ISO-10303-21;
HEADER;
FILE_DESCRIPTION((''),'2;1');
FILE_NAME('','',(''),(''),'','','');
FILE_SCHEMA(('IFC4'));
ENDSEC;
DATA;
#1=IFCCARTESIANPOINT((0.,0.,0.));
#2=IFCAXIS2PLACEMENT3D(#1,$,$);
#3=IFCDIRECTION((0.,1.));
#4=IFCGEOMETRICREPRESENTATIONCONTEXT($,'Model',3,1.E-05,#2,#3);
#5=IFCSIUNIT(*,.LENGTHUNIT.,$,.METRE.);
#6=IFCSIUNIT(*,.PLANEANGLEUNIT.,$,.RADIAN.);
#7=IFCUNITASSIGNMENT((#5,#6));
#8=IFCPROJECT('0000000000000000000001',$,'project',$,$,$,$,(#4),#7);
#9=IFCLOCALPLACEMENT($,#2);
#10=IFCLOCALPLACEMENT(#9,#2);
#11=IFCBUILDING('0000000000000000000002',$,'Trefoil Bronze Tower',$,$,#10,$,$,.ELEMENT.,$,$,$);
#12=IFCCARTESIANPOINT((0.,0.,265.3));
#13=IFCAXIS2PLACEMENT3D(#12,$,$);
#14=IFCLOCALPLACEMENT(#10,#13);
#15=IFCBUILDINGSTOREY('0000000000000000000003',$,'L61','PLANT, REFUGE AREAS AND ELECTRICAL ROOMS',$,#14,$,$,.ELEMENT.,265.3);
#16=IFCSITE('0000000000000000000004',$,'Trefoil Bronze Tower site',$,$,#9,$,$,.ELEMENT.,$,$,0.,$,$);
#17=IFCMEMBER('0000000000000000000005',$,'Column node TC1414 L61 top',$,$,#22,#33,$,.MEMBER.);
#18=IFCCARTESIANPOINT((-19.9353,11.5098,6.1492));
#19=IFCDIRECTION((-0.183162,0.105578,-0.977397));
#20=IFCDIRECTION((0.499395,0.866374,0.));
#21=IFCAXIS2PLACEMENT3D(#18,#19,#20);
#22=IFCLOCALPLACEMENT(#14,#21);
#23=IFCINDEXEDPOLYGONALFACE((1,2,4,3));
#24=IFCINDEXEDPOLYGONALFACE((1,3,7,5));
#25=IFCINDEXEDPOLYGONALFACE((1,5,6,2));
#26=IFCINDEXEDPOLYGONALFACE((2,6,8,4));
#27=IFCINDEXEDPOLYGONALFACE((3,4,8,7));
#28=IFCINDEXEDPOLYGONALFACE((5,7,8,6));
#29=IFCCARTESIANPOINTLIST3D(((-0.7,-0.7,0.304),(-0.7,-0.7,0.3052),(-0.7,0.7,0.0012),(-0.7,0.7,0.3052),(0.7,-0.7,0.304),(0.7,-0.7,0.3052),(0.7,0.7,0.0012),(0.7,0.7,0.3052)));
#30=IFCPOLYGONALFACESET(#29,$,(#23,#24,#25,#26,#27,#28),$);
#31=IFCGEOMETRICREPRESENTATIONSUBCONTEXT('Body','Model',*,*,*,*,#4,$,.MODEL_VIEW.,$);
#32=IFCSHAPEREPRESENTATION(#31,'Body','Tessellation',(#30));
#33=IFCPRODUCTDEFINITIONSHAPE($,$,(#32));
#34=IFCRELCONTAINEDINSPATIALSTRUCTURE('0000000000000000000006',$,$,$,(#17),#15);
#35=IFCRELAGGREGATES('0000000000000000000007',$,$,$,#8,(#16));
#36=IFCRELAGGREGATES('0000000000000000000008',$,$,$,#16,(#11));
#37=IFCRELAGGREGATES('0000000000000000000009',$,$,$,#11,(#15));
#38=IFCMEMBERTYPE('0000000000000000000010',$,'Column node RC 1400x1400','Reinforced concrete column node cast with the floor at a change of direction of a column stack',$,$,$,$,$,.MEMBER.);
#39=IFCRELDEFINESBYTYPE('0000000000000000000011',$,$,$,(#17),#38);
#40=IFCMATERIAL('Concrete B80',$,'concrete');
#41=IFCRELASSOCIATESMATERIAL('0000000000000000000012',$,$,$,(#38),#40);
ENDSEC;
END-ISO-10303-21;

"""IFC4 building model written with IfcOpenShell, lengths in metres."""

from ifc_helpers import new_model, si_unit, direction, frame, origin, origin_2d, place, context, subcontext, project, spatial, rectangle, extrude, clip, halfspace, material, material_profile, profile_set, type_object, element, save


model = new_model("IFC4")

# Units and contexts
model_context = context("Model", 3, precision=1e-05, world=origin(), true_north=direction((0.0, 1.0)))
body_context = subcontext(model_context, "Body", "Model", "MODEL_VIEW")
ifc_project = project(units=[si_unit("LENGTHUNIT", "METRE"), si_unit("PLANEANGLEUNIT", "RADIAN")], contexts=[model_context])

# Site, building, storey
site_placement = place(None, origin())
site = spatial("IfcSite", under=ifc_project, at=site_placement, Name="Trefoil Bronze Tower site", CompositionType="ELEMENT", RefElevation=0.0)
building_placement = place(site_placement, origin())
building = spatial("IfcBuilding", under=site, at=building_placement, Name="Trefoil Bronze Tower", CompositionType="ELEMENT")
storey_placement = place(building_placement, frame((0.0, 0.0, 265.3)))
storey = spatial("IfcBuildingStorey", under=building, at=storey_placement, Name="L61", Description="PLANT, REFUGE AREAS AND ELECTRICAL ROOMS", CompositionType="ELEMENT", Elevation=265.3)

# Member
ifc_material_1 = material(Name="Concrete B80", Category="concrete")
ifc_material_profile_1 = material_profile(ifc_material_1, rectangle(XDim=1.3999, YDim=1.3999, at=origin_2d()), Name="RC 1400x1400")
ifc_profile_set_1 = profile_set([ifc_material_profile_1], Name="Concrete B80")
member_type_1 = type_object("IfcMemberType", Name="Column node RC 1400x1400", Description="Reinforced concrete column node cast with the floor at a change of direction of a column stack", PredefinedType="MEMBER", material=ifc_profile_set_1)
member_1_placement = place(storey_placement, frame((-19.9353, 11.5098, 6.1492), z_axis=(-0.183162, 0.105578, -0.977397), x_axis=(0.499395, 0.866374, 0.0)))
element("IfcMember", 1, at=member_1_placement, inside=storey, type_object=member_type_1, Name="Column node TC1414 L61 top", PredefinedType="MEMBER", context=body_context, shape_type="Clipping", body=[
    clip(extrude(rectangle(XDim=1.3999, YDim=1.3999, at=origin_2d()), origin(), (0.0, 0.0, 1.0), 0.3052), halfspace(frame((0.0, 0.0, 0.1526), z_axis=(0.0, 0.211412, 0.977397), x_axis=(0.0, 0.977397, -0.211412)), True)),
])

save(model, "model.ifc")
